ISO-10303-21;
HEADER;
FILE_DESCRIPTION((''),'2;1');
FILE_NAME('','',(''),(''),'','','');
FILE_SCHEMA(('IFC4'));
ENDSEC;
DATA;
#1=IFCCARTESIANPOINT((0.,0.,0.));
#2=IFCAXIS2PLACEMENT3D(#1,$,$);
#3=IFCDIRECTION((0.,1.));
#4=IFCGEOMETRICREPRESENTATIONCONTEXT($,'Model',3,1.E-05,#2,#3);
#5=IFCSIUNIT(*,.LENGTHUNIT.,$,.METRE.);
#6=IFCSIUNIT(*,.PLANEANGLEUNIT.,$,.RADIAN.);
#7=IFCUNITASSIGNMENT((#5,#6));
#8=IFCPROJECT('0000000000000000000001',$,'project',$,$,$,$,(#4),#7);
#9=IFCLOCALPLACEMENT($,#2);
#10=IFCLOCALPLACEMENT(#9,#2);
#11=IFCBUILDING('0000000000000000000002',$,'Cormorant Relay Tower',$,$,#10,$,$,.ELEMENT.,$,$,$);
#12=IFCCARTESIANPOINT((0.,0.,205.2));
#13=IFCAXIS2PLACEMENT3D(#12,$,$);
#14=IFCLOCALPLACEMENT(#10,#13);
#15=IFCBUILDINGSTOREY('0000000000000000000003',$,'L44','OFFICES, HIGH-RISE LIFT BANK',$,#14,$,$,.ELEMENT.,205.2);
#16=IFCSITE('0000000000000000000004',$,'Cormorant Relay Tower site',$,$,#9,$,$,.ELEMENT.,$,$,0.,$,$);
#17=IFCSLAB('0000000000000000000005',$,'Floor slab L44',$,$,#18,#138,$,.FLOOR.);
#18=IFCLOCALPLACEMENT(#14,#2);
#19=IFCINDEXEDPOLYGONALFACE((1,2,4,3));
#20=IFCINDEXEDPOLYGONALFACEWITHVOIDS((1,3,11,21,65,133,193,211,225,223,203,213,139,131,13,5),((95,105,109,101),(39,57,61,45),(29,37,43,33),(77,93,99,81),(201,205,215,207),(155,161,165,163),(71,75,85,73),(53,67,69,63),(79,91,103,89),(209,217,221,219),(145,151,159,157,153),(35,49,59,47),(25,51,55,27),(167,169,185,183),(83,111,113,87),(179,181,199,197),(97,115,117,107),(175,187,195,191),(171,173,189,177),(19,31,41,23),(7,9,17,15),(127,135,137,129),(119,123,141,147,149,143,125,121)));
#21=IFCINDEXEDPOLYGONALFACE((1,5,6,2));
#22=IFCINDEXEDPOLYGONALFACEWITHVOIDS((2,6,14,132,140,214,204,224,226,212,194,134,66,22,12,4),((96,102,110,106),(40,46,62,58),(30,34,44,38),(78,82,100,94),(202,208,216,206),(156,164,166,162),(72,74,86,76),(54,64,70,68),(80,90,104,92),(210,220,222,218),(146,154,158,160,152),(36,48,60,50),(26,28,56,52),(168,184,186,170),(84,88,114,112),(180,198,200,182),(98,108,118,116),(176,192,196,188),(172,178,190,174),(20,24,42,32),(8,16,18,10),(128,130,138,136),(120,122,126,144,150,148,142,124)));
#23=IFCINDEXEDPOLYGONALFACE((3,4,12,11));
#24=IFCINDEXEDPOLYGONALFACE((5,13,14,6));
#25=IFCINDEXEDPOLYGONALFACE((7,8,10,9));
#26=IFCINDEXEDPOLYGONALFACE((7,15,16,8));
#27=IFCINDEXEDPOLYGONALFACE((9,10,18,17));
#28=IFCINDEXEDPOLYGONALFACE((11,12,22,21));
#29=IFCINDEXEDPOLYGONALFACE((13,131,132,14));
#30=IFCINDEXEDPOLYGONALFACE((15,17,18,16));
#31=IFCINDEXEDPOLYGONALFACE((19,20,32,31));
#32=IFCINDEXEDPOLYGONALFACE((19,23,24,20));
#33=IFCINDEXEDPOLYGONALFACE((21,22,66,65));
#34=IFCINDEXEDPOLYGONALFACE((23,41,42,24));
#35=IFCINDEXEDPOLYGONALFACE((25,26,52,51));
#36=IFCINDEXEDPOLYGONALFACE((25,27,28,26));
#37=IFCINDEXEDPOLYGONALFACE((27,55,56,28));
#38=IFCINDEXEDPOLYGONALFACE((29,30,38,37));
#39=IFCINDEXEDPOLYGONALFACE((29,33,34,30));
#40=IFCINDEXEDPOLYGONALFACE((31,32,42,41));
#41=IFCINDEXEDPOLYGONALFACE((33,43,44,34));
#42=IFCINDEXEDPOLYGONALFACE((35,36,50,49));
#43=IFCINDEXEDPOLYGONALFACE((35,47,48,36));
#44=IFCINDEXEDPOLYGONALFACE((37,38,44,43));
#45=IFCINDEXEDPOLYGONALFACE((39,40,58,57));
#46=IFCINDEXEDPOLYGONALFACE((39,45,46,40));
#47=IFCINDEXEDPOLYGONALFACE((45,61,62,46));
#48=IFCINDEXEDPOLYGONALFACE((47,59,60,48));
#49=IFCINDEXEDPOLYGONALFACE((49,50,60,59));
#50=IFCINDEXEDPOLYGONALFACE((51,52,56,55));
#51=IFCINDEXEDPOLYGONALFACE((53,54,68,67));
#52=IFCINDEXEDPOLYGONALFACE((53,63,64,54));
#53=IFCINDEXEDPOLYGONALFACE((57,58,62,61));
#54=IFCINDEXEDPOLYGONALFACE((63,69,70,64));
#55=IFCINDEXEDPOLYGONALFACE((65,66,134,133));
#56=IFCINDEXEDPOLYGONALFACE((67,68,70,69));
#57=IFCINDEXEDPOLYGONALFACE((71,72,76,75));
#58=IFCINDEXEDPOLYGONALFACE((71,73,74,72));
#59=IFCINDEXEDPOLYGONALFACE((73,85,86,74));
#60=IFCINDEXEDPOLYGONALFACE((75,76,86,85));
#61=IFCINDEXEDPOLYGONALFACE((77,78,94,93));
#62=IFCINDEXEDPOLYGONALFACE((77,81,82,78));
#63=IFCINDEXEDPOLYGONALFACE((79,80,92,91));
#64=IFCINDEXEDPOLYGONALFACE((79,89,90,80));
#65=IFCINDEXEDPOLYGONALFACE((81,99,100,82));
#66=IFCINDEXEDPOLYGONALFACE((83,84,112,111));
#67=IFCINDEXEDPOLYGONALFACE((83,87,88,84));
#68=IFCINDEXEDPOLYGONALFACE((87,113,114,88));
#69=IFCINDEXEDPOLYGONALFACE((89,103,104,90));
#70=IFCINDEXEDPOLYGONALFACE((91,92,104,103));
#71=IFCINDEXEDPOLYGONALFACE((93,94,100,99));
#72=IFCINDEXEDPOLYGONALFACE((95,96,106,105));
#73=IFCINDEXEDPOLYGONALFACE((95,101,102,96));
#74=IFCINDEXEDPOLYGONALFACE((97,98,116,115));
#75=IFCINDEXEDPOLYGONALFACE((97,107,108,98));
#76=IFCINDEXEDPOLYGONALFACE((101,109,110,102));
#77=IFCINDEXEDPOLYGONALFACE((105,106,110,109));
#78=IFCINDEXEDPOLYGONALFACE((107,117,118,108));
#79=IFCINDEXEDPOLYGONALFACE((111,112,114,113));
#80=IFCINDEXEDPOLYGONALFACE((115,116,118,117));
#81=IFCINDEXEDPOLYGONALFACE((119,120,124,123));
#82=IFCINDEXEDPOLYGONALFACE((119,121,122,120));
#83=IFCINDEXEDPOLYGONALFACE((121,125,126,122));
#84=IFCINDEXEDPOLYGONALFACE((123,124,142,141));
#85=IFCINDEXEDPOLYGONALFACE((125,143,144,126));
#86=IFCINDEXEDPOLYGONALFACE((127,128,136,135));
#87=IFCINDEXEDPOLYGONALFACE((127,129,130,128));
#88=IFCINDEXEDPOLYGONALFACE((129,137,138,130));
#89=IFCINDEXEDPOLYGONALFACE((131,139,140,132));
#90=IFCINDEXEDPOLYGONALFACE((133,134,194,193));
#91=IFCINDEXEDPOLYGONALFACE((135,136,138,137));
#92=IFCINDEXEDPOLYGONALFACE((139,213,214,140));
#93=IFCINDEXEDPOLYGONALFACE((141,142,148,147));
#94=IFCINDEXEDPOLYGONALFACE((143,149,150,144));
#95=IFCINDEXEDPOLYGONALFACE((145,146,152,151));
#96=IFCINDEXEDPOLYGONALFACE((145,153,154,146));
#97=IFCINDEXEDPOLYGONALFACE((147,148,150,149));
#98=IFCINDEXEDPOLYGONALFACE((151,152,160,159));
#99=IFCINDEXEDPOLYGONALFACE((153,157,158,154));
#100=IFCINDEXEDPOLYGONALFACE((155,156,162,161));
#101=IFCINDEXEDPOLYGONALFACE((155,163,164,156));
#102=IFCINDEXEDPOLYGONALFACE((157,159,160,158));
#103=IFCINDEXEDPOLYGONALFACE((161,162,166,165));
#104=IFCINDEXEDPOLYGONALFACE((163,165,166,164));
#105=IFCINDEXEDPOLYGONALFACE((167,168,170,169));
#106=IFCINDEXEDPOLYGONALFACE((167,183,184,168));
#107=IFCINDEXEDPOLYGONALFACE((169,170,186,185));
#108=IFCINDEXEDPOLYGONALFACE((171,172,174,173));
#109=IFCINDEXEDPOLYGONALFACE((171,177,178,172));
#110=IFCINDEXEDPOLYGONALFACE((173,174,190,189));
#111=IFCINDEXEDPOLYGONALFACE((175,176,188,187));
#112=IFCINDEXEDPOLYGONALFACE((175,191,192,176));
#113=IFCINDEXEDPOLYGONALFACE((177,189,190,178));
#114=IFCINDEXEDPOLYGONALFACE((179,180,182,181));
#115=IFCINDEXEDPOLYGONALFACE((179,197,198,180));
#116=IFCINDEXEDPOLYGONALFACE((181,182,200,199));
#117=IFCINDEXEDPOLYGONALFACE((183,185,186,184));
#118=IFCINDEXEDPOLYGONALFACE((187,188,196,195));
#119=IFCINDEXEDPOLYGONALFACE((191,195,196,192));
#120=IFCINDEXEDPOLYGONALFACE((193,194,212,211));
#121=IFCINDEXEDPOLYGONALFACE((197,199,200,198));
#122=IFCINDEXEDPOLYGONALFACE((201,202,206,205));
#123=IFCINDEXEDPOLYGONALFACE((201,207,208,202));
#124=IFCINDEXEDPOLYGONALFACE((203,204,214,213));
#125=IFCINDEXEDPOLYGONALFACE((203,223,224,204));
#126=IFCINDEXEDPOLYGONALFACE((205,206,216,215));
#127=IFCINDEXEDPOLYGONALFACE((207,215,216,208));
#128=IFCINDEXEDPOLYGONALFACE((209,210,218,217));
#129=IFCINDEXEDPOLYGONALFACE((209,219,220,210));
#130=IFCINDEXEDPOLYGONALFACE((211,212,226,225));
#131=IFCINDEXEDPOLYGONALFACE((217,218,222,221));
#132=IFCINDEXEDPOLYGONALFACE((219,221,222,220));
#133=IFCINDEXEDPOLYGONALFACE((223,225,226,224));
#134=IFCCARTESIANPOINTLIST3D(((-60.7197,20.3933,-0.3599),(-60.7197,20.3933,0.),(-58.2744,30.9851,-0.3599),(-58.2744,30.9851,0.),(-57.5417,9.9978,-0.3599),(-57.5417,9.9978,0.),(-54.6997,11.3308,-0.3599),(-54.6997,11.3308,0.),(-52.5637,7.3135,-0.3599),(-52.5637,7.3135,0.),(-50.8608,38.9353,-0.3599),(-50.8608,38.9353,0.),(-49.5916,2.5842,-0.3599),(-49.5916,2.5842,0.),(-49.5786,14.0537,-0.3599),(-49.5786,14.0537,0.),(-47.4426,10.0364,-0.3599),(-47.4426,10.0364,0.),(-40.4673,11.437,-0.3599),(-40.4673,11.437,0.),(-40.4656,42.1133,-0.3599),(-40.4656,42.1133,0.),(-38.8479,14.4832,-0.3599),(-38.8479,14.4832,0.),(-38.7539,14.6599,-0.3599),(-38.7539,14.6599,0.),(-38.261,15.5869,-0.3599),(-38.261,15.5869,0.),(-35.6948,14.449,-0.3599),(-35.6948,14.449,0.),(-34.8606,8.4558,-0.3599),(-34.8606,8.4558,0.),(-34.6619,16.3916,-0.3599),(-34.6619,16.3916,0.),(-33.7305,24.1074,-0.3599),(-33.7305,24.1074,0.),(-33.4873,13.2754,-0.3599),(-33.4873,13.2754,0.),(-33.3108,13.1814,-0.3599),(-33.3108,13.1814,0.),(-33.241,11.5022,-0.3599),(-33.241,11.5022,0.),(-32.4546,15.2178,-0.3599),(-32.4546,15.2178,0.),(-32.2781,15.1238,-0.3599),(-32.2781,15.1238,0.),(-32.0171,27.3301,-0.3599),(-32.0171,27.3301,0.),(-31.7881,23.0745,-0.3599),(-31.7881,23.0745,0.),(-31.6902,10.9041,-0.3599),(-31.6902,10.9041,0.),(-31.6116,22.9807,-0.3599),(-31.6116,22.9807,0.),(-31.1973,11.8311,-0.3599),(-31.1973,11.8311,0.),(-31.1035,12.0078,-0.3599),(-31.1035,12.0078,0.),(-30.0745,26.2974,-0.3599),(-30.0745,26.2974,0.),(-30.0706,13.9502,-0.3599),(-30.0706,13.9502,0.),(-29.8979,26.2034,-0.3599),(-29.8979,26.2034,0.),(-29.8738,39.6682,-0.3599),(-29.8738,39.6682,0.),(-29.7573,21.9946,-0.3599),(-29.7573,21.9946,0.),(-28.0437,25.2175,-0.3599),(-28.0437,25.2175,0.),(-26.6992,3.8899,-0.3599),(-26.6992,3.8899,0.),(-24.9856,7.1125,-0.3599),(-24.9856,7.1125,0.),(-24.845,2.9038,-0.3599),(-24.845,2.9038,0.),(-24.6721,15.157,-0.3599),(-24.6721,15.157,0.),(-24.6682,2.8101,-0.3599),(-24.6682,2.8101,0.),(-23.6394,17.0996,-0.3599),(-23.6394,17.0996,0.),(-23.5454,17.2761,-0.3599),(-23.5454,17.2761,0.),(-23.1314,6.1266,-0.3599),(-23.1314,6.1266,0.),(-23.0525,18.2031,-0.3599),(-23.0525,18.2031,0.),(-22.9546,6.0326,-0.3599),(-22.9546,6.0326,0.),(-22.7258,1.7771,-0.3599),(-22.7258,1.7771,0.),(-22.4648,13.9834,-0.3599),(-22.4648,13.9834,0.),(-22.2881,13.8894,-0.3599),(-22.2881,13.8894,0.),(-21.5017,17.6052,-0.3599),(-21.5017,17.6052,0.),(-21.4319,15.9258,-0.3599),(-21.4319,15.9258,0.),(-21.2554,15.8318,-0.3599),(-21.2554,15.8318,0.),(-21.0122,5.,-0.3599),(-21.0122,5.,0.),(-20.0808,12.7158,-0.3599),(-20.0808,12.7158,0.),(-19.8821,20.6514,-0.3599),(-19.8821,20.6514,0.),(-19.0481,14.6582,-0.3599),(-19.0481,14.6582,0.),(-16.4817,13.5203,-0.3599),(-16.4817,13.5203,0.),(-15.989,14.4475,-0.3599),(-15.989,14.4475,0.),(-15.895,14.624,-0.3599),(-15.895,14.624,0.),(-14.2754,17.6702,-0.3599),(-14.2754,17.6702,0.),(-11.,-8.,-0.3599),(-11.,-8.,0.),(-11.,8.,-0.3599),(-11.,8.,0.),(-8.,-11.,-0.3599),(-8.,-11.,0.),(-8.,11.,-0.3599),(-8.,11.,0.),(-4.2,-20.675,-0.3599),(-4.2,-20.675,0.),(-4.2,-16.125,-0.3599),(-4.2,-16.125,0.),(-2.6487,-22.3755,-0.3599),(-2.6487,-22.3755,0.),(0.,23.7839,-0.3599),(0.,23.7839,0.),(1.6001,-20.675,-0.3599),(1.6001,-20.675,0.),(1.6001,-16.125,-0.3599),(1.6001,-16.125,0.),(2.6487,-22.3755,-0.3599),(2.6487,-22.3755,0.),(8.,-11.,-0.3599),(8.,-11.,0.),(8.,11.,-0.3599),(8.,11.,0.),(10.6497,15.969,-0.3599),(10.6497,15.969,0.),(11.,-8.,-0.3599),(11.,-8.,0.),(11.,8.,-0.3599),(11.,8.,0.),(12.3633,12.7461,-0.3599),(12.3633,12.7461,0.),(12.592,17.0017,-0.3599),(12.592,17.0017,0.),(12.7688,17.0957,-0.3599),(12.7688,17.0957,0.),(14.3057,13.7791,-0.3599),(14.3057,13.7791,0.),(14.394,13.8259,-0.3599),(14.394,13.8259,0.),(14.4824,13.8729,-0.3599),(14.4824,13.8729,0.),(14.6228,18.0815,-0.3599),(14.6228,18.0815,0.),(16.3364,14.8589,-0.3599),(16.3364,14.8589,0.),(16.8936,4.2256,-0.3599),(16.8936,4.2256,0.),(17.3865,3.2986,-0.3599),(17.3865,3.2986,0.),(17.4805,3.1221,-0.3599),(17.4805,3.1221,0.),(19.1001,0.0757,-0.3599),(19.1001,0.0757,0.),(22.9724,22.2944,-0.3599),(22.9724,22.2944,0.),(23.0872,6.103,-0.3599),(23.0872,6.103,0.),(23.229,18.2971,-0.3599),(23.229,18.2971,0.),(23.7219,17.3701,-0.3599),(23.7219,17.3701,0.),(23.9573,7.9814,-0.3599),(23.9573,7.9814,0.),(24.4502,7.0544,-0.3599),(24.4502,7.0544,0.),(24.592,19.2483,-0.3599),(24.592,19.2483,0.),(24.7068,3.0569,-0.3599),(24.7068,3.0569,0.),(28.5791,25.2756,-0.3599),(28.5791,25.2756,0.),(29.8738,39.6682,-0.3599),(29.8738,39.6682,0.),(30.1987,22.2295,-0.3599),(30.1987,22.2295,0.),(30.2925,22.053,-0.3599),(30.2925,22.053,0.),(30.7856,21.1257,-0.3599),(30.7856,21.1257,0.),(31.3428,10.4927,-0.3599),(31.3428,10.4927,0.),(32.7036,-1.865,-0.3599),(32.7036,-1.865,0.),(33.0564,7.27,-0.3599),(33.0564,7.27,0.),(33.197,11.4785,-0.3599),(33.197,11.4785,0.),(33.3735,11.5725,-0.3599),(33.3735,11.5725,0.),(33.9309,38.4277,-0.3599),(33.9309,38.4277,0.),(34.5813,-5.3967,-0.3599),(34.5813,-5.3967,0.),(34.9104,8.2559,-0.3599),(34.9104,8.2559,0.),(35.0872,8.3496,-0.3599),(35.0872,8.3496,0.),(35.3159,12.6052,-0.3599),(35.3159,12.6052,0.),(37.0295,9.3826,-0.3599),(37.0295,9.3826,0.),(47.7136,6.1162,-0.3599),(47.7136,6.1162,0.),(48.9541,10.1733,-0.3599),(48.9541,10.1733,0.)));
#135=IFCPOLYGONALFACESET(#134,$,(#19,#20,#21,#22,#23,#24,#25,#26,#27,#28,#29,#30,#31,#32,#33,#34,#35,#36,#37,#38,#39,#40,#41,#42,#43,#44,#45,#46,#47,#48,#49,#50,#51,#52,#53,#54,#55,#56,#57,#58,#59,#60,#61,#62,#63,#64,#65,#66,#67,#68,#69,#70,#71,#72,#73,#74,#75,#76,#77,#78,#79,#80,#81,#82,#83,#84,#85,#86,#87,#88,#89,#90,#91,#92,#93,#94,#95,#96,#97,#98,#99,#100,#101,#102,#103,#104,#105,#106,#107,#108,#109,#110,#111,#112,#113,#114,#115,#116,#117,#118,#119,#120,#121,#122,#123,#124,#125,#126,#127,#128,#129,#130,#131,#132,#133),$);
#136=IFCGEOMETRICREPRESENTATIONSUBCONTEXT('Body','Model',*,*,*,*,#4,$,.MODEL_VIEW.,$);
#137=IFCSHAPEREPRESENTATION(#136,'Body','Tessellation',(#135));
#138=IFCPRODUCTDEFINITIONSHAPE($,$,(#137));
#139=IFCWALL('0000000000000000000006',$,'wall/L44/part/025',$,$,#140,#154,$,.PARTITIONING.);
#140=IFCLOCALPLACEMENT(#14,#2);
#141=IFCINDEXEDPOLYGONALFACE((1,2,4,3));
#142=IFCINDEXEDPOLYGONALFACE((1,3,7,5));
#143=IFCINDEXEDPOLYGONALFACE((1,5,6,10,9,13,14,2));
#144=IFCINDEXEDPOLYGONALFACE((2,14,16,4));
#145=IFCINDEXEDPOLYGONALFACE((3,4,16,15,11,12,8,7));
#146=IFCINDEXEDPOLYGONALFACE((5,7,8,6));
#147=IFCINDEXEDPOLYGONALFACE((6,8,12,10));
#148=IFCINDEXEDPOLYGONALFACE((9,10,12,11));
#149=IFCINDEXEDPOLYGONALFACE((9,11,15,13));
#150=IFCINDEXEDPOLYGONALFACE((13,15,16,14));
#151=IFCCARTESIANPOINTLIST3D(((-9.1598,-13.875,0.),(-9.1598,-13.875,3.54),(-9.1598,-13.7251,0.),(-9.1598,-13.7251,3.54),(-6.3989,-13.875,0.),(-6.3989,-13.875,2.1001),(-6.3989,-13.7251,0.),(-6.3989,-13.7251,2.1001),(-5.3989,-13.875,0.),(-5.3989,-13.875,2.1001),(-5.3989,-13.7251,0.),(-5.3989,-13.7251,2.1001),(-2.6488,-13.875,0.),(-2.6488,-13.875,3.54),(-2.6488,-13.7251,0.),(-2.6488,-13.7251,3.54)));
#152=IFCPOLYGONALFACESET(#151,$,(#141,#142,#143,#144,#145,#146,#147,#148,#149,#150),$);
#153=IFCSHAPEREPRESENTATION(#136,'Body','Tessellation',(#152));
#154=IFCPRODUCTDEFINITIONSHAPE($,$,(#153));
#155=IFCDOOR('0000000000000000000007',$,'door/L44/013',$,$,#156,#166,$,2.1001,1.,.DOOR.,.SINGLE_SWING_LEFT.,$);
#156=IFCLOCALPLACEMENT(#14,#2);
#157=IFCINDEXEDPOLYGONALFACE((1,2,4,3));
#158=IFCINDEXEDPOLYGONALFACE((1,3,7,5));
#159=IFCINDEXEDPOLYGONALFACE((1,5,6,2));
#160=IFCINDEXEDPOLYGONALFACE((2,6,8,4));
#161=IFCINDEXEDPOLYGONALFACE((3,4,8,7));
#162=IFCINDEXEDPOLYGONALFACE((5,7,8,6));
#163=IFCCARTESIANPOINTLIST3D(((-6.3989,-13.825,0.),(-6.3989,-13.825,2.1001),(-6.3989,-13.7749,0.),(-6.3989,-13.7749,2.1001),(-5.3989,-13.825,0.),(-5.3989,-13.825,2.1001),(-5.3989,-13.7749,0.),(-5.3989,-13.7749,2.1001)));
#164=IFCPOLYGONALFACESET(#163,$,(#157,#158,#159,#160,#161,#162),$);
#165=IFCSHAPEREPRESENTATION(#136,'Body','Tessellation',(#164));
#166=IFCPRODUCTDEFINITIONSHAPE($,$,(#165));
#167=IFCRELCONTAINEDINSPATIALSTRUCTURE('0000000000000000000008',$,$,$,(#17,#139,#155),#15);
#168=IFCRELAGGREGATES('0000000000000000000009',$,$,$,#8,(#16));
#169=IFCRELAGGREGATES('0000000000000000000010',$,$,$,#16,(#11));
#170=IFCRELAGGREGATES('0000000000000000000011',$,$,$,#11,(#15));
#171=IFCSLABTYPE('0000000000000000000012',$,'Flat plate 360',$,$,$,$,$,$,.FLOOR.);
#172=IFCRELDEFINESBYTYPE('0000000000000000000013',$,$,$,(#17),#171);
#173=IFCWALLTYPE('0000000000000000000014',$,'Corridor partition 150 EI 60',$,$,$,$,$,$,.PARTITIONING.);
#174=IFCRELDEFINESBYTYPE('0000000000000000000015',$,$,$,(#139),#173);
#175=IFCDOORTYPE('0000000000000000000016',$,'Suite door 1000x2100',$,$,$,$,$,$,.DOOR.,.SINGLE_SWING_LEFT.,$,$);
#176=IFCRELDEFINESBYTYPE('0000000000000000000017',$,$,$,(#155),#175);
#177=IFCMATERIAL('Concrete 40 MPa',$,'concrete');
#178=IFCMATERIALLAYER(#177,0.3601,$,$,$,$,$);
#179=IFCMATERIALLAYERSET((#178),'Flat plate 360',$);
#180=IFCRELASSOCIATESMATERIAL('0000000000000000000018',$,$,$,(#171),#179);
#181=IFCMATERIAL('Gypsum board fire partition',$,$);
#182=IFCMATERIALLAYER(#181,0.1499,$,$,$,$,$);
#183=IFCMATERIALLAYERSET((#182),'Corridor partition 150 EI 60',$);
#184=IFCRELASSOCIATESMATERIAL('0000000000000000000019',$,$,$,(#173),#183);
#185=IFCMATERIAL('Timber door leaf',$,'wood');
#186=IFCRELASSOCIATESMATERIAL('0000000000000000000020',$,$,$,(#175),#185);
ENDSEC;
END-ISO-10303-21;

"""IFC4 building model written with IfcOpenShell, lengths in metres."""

from ifc_helpers import new_model, si_unit, direction, frame, frame_2d, origin, place, context, subcontext, project, spatial, polyline, rectangle, outline, extrude, material, layer, layer_set, type_object, element, fill, save


model = new_model("IFC4")

# Units and contexts
model_context = context("Model", 3, precision=1e-05, world=origin(), true_north=direction((0.0, 1.0)))
body_context = subcontext(model_context, "Body", "Model", "MODEL_VIEW")
ifc_project = project(units=[si_unit("LENGTHUNIT", "METRE"), si_unit("PLANEANGLEUNIT", "RADIAN")], contexts=[model_context])

# Site, building, storey
site_placement = place(None, origin())
site = spatial("IfcSite", under=ifc_project, at=site_placement, Name="Cormorant Relay Tower site", CompositionType="ELEMENT", RefElevation=0.0)
building_placement = place(site_placement, origin())
building = spatial("IfcBuilding", under=site, at=building_placement, Name="Cormorant Relay Tower", CompositionType="ELEMENT")
storey_placement = place(building_placement, frame((0.0, 0.0, 205.2)))
storey = spatial("IfcBuildingStorey", under=building, at=storey_placement, Name="L44", Description="OFFICES, HIGH-RISE LIFT BANK", CompositionType="ELEMENT", Elevation=205.2)

# Slab
ifc_material_1 = material(Name="Concrete 40 MPa", Category="concrete")
ifc_layer_1 = layer(ifc_material_1, 0.3601)
ifc_layer_set_1 = layer_set([ifc_layer_1], Name="Flat plate 360")
slab_type_1 = type_object("IfcSlabType", Name="Flat plate 360", PredefinedType="FLOOR", material=ifc_layer_set_1)
slab_1_placement = place(storey_placement, frame((0.0, 0.0, -0.3599)))
element("IfcSlab", 1, at=slab_1_placement, inside=storey, type_object=slab_type_1, Name="Floor slab L44", PredefinedType="FLOOR", context=body_context, shape_type="SweptSolid", body=[
    extrude(outline(polyline([(-60.7197, 20.3933), (-58.2744, 30.9851), (-50.8608, 38.9353), (-40.4656, 42.1133), (-29.8738, 39.6682), (0.0, 23.7839), (29.8738, 39.6682), (33.9309, 38.4277), (48.9541, 10.1733), (47.7136, 6.1162), (32.7036, -1.865), (34.5813, -5.3967), (2.6487, -22.3755), (-2.6487, -22.3755), (-49.5916, 2.5842), (-57.5417, 9.9978), (-60.7197, 20.3933)]), holes=[polyline([(11.0, -8.0), (11.0, 8.0), (8.0, 11.0), (-8.0, 11.0), (-11.0, 8.0), (-11.0, -8.0), (-8.0, -11.0), (8.0, -11.0), (11.0, -8.0)]), polyline([(-22.9546, 6.0327), (-24.6682, 2.8101), (-22.7258, 1.7771), (-21.0122, 5.0), (-23.043, 6.0796), (-22.9546, 6.0327)]), polyline([(-24.9856, 7.1125), (-26.6992, 3.8899), (-24.845, 2.9038), (-23.1313, 6.1267), (-23.043, 6.0796), (-24.9856, 7.1125)]), polyline([(-54.6997, 11.3308), (-52.5637, 7.3135), (-47.4426, 10.0364), (-49.5786, 14.0537), (-54.6997, 11.3308)]), polyline([(-33.241, 11.5022), (-38.8479, 14.4832), (-40.4673, 11.437), (-34.8606, 8.4558), (-33.241, 11.5022)]), polyline([(-38.261, 15.5869), (-38.7539, 14.6599), (-31.6902, 10.9041), (-31.1973, 11.8311), (-38.261, 15.5869)]), polyline([(-31.1035, 12.0078), (-30.0706, 13.9502), (-32.2781, 15.1238), (-33.3108, 13.1814), (-31.1035, 12.0078)]), polyline([(-19.0481, 14.6582), (-21.2554, 15.8318), (-22.2881, 13.8894), (-20.0808, 12.7158), (-19.0481, 14.6582)]), polyline([(-34.6619, 16.3916), (-35.6948, 14.449), (-33.4873, 13.2754), (-32.4546, 15.2178), (-34.6619, 16.3916)]), polyline([(-23.6394, 17.0996), (-24.6721, 15.157), (-22.4648, 13.9834), (-21.4319, 15.9258), (-23.6394, 17.0996)]), polyline([(-31.6116, 22.9807), (-29.7573, 21.9946), (-28.0437, 25.2175), (-29.8979, 26.2034), (-31.6116, 22.9807)]), polyline([(-32.0171, 27.3301), (-33.7305, 24.1074), (-31.7881, 23.0745), (-30.0745, 26.2974), (-32.0171, 27.3301)]), polyline([(-4.2, -16.125), (-4.2, -20.675), (1.6001, -20.675), (1.6001, -16.125), (-4.2, -16.125)]), polyline([(17.4805, 3.1221), (19.1001, 0.0757), (24.7068, 3.0569), (23.0872, 6.103), (17.4805, 3.1221)]), polyline([(17.3865, 3.2986), (24.4502, 7.0544), (23.9573, 7.9814), (16.8936, 4.2256), (17.3865, 3.2986)]), polyline([(33.197, 11.4785), (31.3428, 10.4927), (33.0564, 7.27), (34.9104, 8.2559), (33.197, 11.4785)]), polyline([(33.3735, 11.5725), (35.0872, 8.3496), (37.0295, 9.3826), (35.3159, 12.6052), (33.3735, 11.5725)]), polyline([(14.3057, 13.7791), (12.592, 17.0017), (10.6497, 15.969), (12.3633, 12.7461), (14.394, 13.8259), (14.3057, 13.7791)]), polyline([(16.3364, 14.8589), (14.6228, 18.0815), (12.7688, 17.0957), (14.4824, 13.8728), (14.394, 13.8259), (16.3364, 14.8589)]), polyline([(-16.4817, 13.5203), (-15.989, 14.4475), (-23.0525, 18.2031), (-23.5454, 17.2761), (-16.4817, 13.5203)]), polyline([(-15.895, 14.624), (-14.2754, 17.6702), (-19.8821, 20.6514), (-21.5017, 17.6052), (-15.895, 14.624)]), polyline([(30.7856, 21.1257), (30.2925, 22.053), (23.229, 18.2971), (23.7219, 17.3701), (30.7856, 21.1257)]), polyline([(24.592, 19.2483), (30.1987, 22.2295), (28.5791, 25.2756), (22.9724, 22.2944), (24.592, 19.2483)])]), origin(), (0.0, 0.0, 1.0), 0.3599),
])

# Wall, opening, door
ifc_material_2 = material(Name="Gypsum board fire partition")
ifc_layer_2 = layer(ifc_material_2, 0.1499)
ifc_layer_set_2 = layer_set([ifc_layer_2], Name="Corridor partition 150 EI 60")
wall_type_1 = type_object("IfcWallType", Name="Corridor partition 150 EI 60", PredefinedType="PARTITIONING", material=ifc_layer_set_2)
wall_1_placement = place(storey_placement, frame((-2.6489, -13.8, 0.0), z_axis=(0.0, 0.0, 1.0), x_axis=(-1.0, 0.0, 0.0)))
wall_1 = element("IfcWall", 2, at=wall_1_placement, inside=storey, type_object=wall_type_1, Name="wall/L44/part/025", PredefinedType="PARTITIONING", context=body_context, shape_type="SweptSolid", body=[
    extrude(rectangle(XDim=6.511, YDim=0.1499, at=frame_2d((3.2554, 0.0))), origin(), (0.0, 0.0, 1.0), 3.54),
])
opening_1_placement = place(wall_1_placement, frame((2.75, 0.0, 0.0)))
opening_1 = element("IfcOpeningElement", 3, at=opening_1_placement, cuts=wall_1, PredefinedType="OPENING", context=body_context, shape_type="SweptSolid", body=[
    extrude(rectangle(XDim=1.0, YDim=2.1001, at=frame_2d((0.5, 1.05))), frame((0.0, 0.085, 0.0), z_axis=(0.0, -1.0, 0.0), x_axis=(1.0, 0.0, 0.0)), (0.0, 0.0, 1.0), 0.1699),
])
ifc_material_3 = material(Name="Timber door leaf", Category="wood")
door_type = type_object("IfcDoorType", Name="Suite door 1000x2100", OperationType="SINGLE_SWING_LEFT", PredefinedType="DOOR", material=ifc_material_3)
door_1_placement = place(opening_1_placement, origin())
door_1 = element("IfcDoor", 4, at=door_1_placement, inside=storey, type_object=door_type, Name="door/L44/013", OperationType="SINGLE_SWING_LEFT", OverallHeight=2.1001, OverallWidth=1.0, PredefinedType="DOOR", context=body_context, shape_type="SweptSolid", body=[
    extrude(rectangle(XDim=1.0, YDim=2.1001, at=frame_2d((0.5, 1.05))), frame((0.0, 0.0249, 0.0), z_axis=(0.0, -1.0, 0.0), x_axis=(1.0, 0.0, 0.0)), (0.0, 0.0, 1.0), 0.05),
])
fill(opening_1, door_1)

save(model, "model.ifc")
